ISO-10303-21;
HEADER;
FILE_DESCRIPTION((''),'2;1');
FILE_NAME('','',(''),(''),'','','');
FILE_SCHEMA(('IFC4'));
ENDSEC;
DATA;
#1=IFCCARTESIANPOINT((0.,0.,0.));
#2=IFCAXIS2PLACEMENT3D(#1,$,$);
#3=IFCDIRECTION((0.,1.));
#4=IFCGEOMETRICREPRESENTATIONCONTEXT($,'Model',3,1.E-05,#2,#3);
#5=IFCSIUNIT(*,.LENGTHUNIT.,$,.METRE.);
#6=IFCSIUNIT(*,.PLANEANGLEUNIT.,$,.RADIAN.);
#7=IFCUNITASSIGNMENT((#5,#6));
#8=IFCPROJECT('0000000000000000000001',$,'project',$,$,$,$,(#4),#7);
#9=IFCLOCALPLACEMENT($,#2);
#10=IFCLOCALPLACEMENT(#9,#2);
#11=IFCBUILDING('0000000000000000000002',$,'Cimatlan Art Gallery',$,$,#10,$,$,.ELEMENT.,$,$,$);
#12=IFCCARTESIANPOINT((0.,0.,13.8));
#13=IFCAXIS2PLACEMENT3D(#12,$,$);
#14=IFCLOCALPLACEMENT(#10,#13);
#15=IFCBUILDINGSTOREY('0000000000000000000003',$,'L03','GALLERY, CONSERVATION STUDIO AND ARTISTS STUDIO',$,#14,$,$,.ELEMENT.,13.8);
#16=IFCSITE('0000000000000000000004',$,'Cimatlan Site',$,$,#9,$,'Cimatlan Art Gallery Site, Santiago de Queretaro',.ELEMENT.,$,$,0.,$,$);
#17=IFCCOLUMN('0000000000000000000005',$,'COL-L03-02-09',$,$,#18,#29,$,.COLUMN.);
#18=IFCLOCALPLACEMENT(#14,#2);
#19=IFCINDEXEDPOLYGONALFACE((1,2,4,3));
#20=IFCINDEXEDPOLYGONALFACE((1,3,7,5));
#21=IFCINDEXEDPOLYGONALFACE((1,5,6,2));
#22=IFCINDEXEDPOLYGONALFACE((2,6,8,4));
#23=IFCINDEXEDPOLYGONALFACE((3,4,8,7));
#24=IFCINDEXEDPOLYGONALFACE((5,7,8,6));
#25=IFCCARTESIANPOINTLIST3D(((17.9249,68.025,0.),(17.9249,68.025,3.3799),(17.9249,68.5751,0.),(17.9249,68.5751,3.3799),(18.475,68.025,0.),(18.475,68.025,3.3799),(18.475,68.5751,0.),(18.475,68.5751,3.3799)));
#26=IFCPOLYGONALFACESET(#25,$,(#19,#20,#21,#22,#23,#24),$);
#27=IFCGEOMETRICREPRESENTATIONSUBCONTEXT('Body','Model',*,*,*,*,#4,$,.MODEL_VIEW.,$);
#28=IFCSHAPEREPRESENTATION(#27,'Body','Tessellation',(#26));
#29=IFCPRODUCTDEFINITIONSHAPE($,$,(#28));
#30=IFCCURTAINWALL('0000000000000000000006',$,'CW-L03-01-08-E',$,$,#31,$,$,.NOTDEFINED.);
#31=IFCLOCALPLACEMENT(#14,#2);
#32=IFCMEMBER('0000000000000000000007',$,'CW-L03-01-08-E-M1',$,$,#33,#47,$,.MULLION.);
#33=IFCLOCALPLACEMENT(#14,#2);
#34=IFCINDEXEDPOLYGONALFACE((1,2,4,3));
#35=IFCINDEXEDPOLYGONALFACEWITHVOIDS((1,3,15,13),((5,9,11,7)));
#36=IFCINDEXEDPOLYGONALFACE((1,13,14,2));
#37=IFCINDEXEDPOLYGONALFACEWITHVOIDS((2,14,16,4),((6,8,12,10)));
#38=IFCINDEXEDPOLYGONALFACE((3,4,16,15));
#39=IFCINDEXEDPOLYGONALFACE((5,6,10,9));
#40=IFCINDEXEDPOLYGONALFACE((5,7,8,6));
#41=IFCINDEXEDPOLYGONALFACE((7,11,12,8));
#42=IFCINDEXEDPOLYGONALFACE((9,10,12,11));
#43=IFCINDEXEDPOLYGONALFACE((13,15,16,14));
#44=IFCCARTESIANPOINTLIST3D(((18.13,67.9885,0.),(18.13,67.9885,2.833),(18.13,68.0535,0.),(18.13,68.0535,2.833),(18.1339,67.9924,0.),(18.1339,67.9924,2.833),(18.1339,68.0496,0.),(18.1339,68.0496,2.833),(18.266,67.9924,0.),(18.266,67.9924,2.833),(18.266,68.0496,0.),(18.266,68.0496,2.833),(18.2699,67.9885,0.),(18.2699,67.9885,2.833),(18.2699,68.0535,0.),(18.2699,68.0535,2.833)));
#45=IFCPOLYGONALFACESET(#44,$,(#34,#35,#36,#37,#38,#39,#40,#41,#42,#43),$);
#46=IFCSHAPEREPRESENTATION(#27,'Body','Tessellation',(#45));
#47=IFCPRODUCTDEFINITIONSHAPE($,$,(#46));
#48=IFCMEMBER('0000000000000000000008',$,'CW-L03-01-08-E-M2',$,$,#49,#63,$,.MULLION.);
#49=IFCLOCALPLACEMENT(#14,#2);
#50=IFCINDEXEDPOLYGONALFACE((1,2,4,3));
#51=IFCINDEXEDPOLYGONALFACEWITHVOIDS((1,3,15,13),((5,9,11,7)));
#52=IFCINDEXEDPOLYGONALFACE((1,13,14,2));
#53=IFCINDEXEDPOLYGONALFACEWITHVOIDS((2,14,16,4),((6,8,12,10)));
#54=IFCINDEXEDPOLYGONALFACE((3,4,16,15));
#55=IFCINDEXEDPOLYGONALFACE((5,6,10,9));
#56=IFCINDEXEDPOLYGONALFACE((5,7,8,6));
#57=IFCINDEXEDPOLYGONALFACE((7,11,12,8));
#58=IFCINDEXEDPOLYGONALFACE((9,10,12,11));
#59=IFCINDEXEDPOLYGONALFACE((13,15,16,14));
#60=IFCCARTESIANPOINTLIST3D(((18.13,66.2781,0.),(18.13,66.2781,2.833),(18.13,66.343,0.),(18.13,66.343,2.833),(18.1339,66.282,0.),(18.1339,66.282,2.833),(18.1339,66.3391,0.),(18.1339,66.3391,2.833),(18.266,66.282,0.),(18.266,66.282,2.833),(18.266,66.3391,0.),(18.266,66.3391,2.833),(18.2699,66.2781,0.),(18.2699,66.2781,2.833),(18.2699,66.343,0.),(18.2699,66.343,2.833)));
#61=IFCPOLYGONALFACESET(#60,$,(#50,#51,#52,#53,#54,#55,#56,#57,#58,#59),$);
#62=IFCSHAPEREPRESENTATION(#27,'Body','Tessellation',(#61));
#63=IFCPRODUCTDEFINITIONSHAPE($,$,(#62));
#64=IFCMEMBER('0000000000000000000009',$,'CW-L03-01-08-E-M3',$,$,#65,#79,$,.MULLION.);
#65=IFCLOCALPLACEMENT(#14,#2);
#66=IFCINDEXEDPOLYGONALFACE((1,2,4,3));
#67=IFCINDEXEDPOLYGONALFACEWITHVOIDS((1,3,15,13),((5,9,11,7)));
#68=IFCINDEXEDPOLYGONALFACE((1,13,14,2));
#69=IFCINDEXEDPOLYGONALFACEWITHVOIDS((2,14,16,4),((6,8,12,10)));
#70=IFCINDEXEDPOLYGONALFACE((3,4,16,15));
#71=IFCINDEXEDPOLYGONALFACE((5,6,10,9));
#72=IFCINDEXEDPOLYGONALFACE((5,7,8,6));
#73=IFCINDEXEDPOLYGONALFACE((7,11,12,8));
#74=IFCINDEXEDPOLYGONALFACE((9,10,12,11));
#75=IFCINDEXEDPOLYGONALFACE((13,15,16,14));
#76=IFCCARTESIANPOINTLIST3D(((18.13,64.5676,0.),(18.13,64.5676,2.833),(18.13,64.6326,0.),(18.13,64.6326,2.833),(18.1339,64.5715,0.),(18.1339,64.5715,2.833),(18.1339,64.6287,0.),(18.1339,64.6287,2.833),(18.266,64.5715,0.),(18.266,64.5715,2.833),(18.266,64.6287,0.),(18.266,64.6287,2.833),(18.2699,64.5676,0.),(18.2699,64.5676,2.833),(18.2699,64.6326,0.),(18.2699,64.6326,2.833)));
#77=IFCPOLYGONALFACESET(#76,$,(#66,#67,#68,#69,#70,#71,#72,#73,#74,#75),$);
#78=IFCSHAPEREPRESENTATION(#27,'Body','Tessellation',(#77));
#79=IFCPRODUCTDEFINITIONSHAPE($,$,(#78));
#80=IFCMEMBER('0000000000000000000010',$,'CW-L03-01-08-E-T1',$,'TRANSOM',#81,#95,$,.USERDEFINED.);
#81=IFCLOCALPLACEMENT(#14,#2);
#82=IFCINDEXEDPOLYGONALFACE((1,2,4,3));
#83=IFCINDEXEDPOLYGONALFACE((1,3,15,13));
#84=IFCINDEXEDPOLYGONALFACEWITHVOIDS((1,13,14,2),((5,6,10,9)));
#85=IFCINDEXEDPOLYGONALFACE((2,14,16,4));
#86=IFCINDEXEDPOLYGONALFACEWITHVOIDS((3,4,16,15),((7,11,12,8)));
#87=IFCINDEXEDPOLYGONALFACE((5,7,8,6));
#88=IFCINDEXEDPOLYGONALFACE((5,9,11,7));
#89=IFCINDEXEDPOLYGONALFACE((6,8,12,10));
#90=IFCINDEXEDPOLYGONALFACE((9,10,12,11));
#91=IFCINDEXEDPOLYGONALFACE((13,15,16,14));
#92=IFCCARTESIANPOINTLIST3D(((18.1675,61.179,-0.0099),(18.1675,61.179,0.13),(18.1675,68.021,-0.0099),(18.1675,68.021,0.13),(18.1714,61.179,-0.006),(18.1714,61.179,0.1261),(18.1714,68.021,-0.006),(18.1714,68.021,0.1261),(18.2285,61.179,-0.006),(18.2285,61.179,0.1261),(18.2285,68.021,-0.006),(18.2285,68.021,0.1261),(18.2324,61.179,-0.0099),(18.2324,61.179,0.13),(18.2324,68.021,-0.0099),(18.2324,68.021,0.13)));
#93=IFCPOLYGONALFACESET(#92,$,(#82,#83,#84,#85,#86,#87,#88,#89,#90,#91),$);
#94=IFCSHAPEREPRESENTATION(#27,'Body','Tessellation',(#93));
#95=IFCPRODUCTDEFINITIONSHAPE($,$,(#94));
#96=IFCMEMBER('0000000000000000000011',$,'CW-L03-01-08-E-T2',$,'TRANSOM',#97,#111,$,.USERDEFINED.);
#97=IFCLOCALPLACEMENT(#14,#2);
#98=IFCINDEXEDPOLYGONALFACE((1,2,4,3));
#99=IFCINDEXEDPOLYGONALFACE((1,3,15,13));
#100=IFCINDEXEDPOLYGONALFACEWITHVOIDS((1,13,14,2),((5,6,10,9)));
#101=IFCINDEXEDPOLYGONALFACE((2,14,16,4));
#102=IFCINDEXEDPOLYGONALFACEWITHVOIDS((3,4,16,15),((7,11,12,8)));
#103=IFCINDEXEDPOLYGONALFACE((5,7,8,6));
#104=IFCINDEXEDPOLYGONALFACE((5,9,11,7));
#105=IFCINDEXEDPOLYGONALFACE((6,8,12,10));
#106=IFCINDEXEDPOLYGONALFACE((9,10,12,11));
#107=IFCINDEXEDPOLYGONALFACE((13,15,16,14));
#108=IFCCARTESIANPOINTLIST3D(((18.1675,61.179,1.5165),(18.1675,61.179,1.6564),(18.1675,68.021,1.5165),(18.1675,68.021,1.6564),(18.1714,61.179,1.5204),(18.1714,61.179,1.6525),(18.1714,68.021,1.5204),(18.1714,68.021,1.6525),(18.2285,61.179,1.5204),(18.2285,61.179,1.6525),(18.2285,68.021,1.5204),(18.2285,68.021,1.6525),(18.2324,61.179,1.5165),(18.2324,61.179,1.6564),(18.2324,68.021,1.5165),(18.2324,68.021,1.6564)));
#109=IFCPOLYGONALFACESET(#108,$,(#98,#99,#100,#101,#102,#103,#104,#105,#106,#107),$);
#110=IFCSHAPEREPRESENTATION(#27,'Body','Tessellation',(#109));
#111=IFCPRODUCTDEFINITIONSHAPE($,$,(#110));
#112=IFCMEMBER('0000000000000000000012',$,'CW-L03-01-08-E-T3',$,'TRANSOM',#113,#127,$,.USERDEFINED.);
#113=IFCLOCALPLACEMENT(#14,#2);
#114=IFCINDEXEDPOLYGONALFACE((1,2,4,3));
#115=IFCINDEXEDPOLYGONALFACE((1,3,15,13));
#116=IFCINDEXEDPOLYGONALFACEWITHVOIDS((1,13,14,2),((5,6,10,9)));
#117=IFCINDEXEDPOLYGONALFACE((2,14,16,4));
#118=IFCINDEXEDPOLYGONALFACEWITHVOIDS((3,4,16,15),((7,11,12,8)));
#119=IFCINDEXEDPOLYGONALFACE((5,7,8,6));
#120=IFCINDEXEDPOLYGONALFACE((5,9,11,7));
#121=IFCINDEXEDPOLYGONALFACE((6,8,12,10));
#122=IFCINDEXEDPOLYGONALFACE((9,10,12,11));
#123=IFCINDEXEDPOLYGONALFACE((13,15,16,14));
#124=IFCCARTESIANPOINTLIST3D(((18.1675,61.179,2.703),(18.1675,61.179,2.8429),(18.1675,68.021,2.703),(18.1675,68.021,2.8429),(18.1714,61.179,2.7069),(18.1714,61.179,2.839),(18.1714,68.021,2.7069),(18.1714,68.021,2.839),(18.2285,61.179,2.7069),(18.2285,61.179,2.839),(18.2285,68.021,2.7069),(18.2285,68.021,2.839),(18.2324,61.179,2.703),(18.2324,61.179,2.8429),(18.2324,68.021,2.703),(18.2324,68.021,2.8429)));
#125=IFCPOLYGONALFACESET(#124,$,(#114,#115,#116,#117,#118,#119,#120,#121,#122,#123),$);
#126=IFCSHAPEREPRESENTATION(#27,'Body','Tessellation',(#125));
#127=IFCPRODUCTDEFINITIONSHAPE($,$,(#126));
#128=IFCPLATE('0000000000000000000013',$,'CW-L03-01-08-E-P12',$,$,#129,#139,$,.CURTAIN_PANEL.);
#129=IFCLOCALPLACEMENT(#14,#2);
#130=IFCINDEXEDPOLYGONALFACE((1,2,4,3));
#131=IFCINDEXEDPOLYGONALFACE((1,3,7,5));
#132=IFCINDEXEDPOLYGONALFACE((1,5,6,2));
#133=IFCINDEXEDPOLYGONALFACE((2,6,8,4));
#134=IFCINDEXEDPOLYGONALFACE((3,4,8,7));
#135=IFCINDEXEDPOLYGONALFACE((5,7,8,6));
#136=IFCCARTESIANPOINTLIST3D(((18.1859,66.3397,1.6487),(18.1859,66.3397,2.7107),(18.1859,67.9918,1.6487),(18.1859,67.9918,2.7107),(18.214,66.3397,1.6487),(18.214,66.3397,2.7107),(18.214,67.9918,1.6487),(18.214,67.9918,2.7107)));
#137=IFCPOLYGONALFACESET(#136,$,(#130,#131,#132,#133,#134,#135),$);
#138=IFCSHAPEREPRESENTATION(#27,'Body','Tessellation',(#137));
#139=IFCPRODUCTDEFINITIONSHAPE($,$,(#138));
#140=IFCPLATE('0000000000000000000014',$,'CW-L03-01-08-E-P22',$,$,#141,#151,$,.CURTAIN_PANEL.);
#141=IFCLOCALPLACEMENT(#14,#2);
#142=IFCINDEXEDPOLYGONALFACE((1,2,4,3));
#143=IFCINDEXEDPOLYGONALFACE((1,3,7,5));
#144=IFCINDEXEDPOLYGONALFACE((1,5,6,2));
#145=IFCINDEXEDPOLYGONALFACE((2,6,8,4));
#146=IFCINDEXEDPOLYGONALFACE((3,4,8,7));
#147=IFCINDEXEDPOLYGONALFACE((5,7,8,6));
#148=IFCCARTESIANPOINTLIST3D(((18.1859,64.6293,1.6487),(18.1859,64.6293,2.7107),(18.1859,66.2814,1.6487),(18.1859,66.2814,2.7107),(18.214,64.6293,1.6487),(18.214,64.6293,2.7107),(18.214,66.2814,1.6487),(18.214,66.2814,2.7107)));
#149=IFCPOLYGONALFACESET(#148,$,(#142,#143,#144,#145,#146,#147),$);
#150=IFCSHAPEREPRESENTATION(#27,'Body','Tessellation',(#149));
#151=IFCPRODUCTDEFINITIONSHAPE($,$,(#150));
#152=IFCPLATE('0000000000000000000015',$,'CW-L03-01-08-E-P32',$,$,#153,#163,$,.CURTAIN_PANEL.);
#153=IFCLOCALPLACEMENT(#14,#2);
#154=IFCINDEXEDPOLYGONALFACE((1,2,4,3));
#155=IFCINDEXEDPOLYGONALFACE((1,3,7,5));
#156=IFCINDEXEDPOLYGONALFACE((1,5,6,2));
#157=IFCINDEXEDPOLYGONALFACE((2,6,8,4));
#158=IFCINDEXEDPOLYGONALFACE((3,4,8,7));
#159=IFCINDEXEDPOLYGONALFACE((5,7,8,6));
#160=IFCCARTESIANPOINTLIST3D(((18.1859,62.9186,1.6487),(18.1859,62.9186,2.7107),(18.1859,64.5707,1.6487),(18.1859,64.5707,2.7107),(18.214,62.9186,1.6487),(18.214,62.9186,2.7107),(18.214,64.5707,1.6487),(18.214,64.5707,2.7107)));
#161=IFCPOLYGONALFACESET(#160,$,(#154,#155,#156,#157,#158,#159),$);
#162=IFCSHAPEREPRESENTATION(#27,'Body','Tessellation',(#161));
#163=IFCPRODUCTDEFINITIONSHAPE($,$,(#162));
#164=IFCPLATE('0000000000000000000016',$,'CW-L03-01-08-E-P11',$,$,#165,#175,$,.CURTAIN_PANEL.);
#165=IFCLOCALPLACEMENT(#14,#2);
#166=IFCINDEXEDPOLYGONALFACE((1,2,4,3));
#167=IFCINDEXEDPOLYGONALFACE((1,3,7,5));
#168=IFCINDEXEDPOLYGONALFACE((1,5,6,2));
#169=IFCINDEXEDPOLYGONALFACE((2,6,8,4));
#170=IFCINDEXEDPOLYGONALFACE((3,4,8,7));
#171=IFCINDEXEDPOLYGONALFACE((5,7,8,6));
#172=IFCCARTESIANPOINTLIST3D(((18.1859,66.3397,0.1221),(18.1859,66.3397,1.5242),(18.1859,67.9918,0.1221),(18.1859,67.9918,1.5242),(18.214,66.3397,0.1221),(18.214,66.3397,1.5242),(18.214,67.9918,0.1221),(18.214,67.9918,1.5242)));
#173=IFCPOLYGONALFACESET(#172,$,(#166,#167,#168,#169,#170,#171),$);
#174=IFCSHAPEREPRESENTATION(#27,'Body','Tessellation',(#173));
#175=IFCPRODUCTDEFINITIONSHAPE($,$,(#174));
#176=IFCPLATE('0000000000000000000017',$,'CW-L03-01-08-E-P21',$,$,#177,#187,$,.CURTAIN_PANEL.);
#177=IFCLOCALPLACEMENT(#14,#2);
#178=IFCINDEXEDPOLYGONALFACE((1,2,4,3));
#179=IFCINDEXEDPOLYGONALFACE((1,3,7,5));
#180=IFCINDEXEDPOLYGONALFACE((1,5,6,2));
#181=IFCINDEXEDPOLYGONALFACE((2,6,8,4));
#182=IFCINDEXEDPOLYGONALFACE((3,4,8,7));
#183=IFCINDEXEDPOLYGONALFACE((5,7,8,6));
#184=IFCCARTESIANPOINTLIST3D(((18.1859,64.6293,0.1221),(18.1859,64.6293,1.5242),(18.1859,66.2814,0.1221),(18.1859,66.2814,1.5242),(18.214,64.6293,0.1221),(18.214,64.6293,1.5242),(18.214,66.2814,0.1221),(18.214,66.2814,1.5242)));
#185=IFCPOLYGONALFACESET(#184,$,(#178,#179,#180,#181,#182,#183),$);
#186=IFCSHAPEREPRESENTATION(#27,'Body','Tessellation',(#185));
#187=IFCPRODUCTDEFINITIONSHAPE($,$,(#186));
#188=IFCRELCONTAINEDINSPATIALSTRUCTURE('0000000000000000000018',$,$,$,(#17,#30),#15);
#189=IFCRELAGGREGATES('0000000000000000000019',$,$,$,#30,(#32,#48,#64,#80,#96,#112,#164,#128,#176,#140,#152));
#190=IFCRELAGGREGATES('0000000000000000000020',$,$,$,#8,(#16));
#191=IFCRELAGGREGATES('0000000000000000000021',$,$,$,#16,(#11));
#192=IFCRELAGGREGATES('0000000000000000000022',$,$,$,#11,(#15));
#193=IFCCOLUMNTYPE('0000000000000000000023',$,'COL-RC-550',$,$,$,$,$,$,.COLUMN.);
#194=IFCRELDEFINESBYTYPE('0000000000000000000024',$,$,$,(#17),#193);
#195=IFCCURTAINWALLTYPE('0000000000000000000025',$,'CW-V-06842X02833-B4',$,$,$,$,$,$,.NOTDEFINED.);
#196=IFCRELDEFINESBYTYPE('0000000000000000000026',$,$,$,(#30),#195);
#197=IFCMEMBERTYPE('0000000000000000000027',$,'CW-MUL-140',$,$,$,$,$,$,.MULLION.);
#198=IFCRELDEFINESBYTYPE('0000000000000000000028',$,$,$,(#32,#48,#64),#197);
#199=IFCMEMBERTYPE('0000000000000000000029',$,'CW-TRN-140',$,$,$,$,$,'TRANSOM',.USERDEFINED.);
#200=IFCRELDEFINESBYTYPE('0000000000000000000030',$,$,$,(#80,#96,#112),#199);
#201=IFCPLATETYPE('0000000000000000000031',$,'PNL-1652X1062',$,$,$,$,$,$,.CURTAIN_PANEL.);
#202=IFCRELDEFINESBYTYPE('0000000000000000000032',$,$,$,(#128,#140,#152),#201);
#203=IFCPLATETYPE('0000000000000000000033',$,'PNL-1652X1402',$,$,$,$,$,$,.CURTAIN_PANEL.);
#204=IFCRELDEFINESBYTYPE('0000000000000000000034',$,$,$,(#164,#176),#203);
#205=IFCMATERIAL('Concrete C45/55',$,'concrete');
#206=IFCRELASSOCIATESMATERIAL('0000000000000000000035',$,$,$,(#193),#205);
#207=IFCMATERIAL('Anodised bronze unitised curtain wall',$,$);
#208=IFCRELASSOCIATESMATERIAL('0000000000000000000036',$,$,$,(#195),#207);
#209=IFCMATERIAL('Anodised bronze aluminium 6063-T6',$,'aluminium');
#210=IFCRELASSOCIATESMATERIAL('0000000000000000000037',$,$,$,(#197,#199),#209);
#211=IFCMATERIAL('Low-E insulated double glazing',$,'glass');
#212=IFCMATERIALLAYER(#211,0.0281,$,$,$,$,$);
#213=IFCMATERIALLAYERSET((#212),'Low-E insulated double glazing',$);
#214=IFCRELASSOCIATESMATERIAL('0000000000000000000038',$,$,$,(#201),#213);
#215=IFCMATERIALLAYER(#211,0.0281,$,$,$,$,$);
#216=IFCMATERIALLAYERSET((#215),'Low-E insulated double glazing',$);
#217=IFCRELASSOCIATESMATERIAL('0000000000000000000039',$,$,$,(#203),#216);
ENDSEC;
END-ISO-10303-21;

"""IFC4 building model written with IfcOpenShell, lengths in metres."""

from ifc_helpers import new_model, si_unit, direction, frame, origin, origin_2d, place, context, subcontext, project, spatial, rectangle, hollow_rectangle, extrude, material, layer, layer_set, material_profile, profile_set, type_object, element, aggregate, save


model = new_model("IFC4")

# Units and contexts
model_context = context("Model", 3, precision=1e-05, world=origin(), true_north=direction((0.0, 1.0)))
body_context = subcontext(model_context, "Body", "Model", "MODEL_VIEW")
ifc_project = project(units=[si_unit("LENGTHUNIT", "METRE"), si_unit("PLANEANGLEUNIT", "RADIAN")], contexts=[model_context])

# Site, building, storey
site_placement = place(None, origin())
site = spatial("IfcSite", under=ifc_project, at=site_placement, Name="Cimatlan Site", LongName="Cimatlan Art Gallery Site, Santiago de Queretaro", CompositionType="ELEMENT", RefElevation=0.0)
building_placement = place(site_placement, origin())
building = spatial("IfcBuilding", under=site, at=building_placement, Name="Cimatlan Art Gallery", CompositionType="ELEMENT")
storey_placement = place(building_placement, frame((0.0, 0.0, 13.8)))
storey = spatial("IfcBuildingStorey", under=building, at=storey_placement, Name="L03", Description="GALLERY, CONSERVATION STUDIO AND ARTISTS STUDIO", CompositionType="ELEMENT", Elevation=13.8)

# Column
ifc_material_1 = material(Name="Concrete C45/55", Category="concrete")
ifc_material_profile_1 = material_profile(ifc_material_1, rectangle(XDim=0.55, YDim=0.55, at=origin_2d()), Name="RC550X550")
ifc_profile_set_1 = profile_set([ifc_material_profile_1], Name="Concrete C45/55")
column_type = type_object("IfcColumnType", Name="COL-RC-550", PredefinedType="COLUMN", material=ifc_profile_set_1)
column_placement = place(storey_placement, frame((18.2, 68.3, 0.0), z_axis=(0.0, 0.0, 1.0), x_axis=(1.0, 0.0, 0.0)))
element("IfcColumn", 1, at=column_placement, inside=storey, type_object=column_type, Name="COL-L03-02-09", PredefinedType="COLUMN", context=body_context, shape_type="SweptSolid", body=[
    extrude(rectangle(XDim=0.55, YDim=0.55, at=origin_2d()), origin(), (0.0, 0.0, 1.0), 3.3799),
])

# Curtain wall, members, plates
ifc_material_2 = material(Name="Anodised bronze unitised curtain wall")
curtain_wall_type = type_object("IfcCurtainWallType", Name="CW-V-06842X02833-B4", PredefinedType="NOTDEFINED", material=ifc_material_2)
curtain_wall_placement = place(storey_placement, origin())
curtain_wall = element("IfcCurtainWall", 2, at=curtain_wall_placement, inside=storey, type_object=curtain_wall_type, Name="CW-L03-01-08-E", PredefinedType="NOTDEFINED")
ifc_material_3 = material(Name="Anodised bronze aluminium 6063-T6", Category="aluminium")
ifc_material_profile_2 = material_profile(ifc_material_3, hollow_rectangle(XDim=0.0649, YDim=0.1399, WallThickness=0.0039, at=origin_2d()), Name="ALU65X140X4")
ifc_profile_set_2 = profile_set([ifc_material_profile_2], Name="Anodised bronze aluminium 6063-T6")
member_type_1 = type_object("IfcMemberType", Name="CW-MUL-140", PredefinedType="MULLION", material=ifc_profile_set_2)
member_1_placement = place(storey_placement, frame((18.2, 68.021, 0.0), z_axis=(0.0, 0.0, 1.0), x_axis=(0.0, 1.0, 0.0)))
member_1 = element("IfcMember", 3, at=member_1_placement, type_object=member_type_1, Name="CW-L03-01-08-E-M1", PredefinedType="MULLION", context=body_context, shape_type="SweptSolid", body=[
    extrude(hollow_rectangle(XDim=0.0649, YDim=0.1399, WallThickness=0.0039, at=origin_2d()), origin(), (0.0, 0.0, 1.0), 2.833),
])
member_2_placement = place(storey_placement, frame((18.2, 66.3105, 0.0), z_axis=(0.0, 0.0, 1.0), x_axis=(0.0, 1.0, 0.0)))
member_2 = element("IfcMember", 4, at=member_2_placement, type_object=member_type_1, Name="CW-L03-01-08-E-M2", PredefinedType="MULLION", context=body_context, shape_type="SweptSolid", body=[
    extrude(hollow_rectangle(XDim=0.0649, YDim=0.1399, WallThickness=0.0039, at=origin_2d()), origin(), (0.0, 0.0, 1.0), 2.833),
])
member_3_placement = place(storey_placement, frame((18.2, 64.6001, 0.0), z_axis=(0.0, 0.0, 1.0), x_axis=(0.0, 1.0, 0.0)))
member_3 = element("IfcMember", 5, at=member_3_placement, type_object=member_type_1, Name="CW-L03-01-08-E-M3", PredefinedType="MULLION", context=body_context, shape_type="SweptSolid", body=[
    extrude(hollow_rectangle(XDim=0.0649, YDim=0.1399, WallThickness=0.0039, at=origin_2d()), origin(), (0.0, 0.0, 1.0), 2.833),
])
ifc_material_profile_3 = material_profile(ifc_material_3, hollow_rectangle(XDim=0.0649, YDim=0.1399, WallThickness=0.0039, at=origin_2d()), Name="ALU65X140X4")
ifc_profile_set_3 = profile_set([ifc_material_profile_3], Name="Anodised bronze aluminium 6063-T6")
member_type_2 = type_object("IfcMemberType", Name="CW-TRN-140", ElementType="TRANSOM", PredefinedType="USERDEFINED", material=ifc_profile_set_3)
member_4_placement = place(storey_placement, frame((18.2, 68.021, 0.0601), z_axis=(0.0, -1.0, 0.0), x_axis=(1.0, 0.0, 0.0)))
member_4 = element("IfcMember", 6, at=member_4_placement, type_object=member_type_2, Name="CW-L03-01-08-E-T1", ObjectType="TRANSOM", PredefinedType="USERDEFINED", context=body_context, shape_type="SweptSolid", body=[
    extrude(hollow_rectangle(XDim=0.0649, YDim=0.1399, WallThickness=0.0039, at=origin_2d()), origin(), (0.0, 0.0, 1.0), 6.842),
])
member_5_placement = place(storey_placement, frame((18.2, 68.021, 1.5864), z_axis=(0.0, -1.0, 0.0), x_axis=(1.0, 0.0, 0.0)))
member_5 = element("IfcMember", 7, at=member_5_placement, type_object=member_type_2, Name="CW-L03-01-08-E-T2", ObjectType="TRANSOM", PredefinedType="USERDEFINED", context=body_context, shape_type="SweptSolid", body=[
    extrude(hollow_rectangle(XDim=0.0649, YDim=0.1399, WallThickness=0.0039, at=origin_2d()), origin(), (0.0, 0.0, 1.0), 6.842),
])
member_6_placement = place(storey_placement, frame((18.2, 68.021, 2.7729), z_axis=(0.0, -1.0, 0.0), x_axis=(1.0, 0.0, 0.0)))
member_6 = element("IfcMember", 8, at=member_6_placement, type_object=member_type_2, Name="CW-L03-01-08-E-T3", ObjectType="TRANSOM", PredefinedType="USERDEFINED", context=body_context, shape_type="SweptSolid", body=[
    extrude(hollow_rectangle(XDim=0.0649, YDim=0.1399, WallThickness=0.0039, at=origin_2d()), origin(), (0.0, 0.0, 1.0), 6.842),
])
ifc_material_4 = material(Name="Low-E insulated double glazing", Category="glass")
ifc_layer_1 = layer(ifc_material_4, 0.0281)
ifc_layer_set_1 = layer_set([ifc_layer_1], Name="Low-E insulated double glazing")
plate_type_1 = type_object("IfcPlateType", Name="PNL-1652X1062", PredefinedType="CURTAIN_PANEL", material=ifc_layer_set_1)
plate_1_placement = place(storey_placement, frame((18.2, 67.1658, 1.6487), z_axis=(0.0, 0.0, 1.0), x_axis=(0.0, -1.0, 0.0)))
plate_1 = element("IfcPlate", 9, at=plate_1_placement, type_object=plate_type_1, Name="CW-L03-01-08-E-P12", PredefinedType="CURTAIN_PANEL", context=body_context, shape_type="SweptSolid", body=[
    extrude(rectangle(XDim=1.6521, YDim=0.0281, at=origin_2d()), origin(), (0.0, 0.0, 1.0), 1.062),
])
plate_2_placement = place(storey_placement, frame((18.2, 65.4553, 1.6487), z_axis=(0.0, 0.0, 1.0), x_axis=(0.0, -1.0, 0.0)))
plate_2 = element("IfcPlate", 10, at=plate_2_placement, type_object=plate_type_1, Name="CW-L03-01-08-E-P22", PredefinedType="CURTAIN_PANEL", context=body_context, shape_type="SweptSolid", body=[
    extrude(rectangle(XDim=1.6521, YDim=0.0281, at=origin_2d()), origin(), (0.0, 0.0, 1.0), 1.062),
])
plate_3_placement = place(storey_placement, frame((18.2, 63.7446, 1.6487), z_axis=(0.0, 0.0, 1.0), x_axis=(0.0, -1.0, 0.0)))
plate_3 = element("IfcPlate", 11, at=plate_3_placement, type_object=plate_type_1, Name="CW-L03-01-08-E-P32", PredefinedType="CURTAIN_PANEL", context=body_context, shape_type="SweptSolid", body=[
    extrude(rectangle(XDim=1.6521, YDim=0.0281, at=origin_2d()), origin(), (0.0, 0.0, 1.0), 1.062),
])
ifc_layer_2 = layer(ifc_material_4, 0.0281)
ifc_layer_set_2 = layer_set([ifc_layer_2], Name="Low-E insulated double glazing")
plate_type_2 = type_object("IfcPlateType", Name="PNL-1652X1402", PredefinedType="CURTAIN_PANEL", material=ifc_layer_set_2)
plate_4_placement = place(storey_placement, frame((18.2, 67.1658, 0.1221), z_axis=(0.0, 0.0, 1.0), x_axis=(0.0, -1.0, 0.0)))
plate_4 = element("IfcPlate", 12, at=plate_4_placement, type_object=plate_type_2, Name="CW-L03-01-08-E-P11", PredefinedType="CURTAIN_PANEL", context=body_context, shape_type="SweptSolid", body=[
    extrude(rectangle(XDim=1.6521, YDim=0.0281, at=origin_2d()), origin(), (0.0, 0.0, 1.0), 1.4021),
])
plate_5_placement = place(storey_placement, frame((18.2, 65.4553, 0.1221), z_axis=(0.0, 0.0, 1.0), x_axis=(0.0, -1.0, 0.0)))
plate_5 = element("IfcPlate", 13, at=plate_5_placement, type_object=plate_type_2, Name="CW-L03-01-08-E-P21", PredefinedType="CURTAIN_PANEL", context=body_context, shape_type="SweptSolid", body=[
    extrude(rectangle(XDim=1.6521, YDim=0.0281, at=origin_2d()), origin(), (0.0, 0.0, 1.0), 1.4021),
])
aggregate(curtain_wall, [member_1, member_2, member_3, member_4, member_5, member_6, plate_4, plate_1, plate_5, plate_2, plate_3])

save(model, "model.ifc")
